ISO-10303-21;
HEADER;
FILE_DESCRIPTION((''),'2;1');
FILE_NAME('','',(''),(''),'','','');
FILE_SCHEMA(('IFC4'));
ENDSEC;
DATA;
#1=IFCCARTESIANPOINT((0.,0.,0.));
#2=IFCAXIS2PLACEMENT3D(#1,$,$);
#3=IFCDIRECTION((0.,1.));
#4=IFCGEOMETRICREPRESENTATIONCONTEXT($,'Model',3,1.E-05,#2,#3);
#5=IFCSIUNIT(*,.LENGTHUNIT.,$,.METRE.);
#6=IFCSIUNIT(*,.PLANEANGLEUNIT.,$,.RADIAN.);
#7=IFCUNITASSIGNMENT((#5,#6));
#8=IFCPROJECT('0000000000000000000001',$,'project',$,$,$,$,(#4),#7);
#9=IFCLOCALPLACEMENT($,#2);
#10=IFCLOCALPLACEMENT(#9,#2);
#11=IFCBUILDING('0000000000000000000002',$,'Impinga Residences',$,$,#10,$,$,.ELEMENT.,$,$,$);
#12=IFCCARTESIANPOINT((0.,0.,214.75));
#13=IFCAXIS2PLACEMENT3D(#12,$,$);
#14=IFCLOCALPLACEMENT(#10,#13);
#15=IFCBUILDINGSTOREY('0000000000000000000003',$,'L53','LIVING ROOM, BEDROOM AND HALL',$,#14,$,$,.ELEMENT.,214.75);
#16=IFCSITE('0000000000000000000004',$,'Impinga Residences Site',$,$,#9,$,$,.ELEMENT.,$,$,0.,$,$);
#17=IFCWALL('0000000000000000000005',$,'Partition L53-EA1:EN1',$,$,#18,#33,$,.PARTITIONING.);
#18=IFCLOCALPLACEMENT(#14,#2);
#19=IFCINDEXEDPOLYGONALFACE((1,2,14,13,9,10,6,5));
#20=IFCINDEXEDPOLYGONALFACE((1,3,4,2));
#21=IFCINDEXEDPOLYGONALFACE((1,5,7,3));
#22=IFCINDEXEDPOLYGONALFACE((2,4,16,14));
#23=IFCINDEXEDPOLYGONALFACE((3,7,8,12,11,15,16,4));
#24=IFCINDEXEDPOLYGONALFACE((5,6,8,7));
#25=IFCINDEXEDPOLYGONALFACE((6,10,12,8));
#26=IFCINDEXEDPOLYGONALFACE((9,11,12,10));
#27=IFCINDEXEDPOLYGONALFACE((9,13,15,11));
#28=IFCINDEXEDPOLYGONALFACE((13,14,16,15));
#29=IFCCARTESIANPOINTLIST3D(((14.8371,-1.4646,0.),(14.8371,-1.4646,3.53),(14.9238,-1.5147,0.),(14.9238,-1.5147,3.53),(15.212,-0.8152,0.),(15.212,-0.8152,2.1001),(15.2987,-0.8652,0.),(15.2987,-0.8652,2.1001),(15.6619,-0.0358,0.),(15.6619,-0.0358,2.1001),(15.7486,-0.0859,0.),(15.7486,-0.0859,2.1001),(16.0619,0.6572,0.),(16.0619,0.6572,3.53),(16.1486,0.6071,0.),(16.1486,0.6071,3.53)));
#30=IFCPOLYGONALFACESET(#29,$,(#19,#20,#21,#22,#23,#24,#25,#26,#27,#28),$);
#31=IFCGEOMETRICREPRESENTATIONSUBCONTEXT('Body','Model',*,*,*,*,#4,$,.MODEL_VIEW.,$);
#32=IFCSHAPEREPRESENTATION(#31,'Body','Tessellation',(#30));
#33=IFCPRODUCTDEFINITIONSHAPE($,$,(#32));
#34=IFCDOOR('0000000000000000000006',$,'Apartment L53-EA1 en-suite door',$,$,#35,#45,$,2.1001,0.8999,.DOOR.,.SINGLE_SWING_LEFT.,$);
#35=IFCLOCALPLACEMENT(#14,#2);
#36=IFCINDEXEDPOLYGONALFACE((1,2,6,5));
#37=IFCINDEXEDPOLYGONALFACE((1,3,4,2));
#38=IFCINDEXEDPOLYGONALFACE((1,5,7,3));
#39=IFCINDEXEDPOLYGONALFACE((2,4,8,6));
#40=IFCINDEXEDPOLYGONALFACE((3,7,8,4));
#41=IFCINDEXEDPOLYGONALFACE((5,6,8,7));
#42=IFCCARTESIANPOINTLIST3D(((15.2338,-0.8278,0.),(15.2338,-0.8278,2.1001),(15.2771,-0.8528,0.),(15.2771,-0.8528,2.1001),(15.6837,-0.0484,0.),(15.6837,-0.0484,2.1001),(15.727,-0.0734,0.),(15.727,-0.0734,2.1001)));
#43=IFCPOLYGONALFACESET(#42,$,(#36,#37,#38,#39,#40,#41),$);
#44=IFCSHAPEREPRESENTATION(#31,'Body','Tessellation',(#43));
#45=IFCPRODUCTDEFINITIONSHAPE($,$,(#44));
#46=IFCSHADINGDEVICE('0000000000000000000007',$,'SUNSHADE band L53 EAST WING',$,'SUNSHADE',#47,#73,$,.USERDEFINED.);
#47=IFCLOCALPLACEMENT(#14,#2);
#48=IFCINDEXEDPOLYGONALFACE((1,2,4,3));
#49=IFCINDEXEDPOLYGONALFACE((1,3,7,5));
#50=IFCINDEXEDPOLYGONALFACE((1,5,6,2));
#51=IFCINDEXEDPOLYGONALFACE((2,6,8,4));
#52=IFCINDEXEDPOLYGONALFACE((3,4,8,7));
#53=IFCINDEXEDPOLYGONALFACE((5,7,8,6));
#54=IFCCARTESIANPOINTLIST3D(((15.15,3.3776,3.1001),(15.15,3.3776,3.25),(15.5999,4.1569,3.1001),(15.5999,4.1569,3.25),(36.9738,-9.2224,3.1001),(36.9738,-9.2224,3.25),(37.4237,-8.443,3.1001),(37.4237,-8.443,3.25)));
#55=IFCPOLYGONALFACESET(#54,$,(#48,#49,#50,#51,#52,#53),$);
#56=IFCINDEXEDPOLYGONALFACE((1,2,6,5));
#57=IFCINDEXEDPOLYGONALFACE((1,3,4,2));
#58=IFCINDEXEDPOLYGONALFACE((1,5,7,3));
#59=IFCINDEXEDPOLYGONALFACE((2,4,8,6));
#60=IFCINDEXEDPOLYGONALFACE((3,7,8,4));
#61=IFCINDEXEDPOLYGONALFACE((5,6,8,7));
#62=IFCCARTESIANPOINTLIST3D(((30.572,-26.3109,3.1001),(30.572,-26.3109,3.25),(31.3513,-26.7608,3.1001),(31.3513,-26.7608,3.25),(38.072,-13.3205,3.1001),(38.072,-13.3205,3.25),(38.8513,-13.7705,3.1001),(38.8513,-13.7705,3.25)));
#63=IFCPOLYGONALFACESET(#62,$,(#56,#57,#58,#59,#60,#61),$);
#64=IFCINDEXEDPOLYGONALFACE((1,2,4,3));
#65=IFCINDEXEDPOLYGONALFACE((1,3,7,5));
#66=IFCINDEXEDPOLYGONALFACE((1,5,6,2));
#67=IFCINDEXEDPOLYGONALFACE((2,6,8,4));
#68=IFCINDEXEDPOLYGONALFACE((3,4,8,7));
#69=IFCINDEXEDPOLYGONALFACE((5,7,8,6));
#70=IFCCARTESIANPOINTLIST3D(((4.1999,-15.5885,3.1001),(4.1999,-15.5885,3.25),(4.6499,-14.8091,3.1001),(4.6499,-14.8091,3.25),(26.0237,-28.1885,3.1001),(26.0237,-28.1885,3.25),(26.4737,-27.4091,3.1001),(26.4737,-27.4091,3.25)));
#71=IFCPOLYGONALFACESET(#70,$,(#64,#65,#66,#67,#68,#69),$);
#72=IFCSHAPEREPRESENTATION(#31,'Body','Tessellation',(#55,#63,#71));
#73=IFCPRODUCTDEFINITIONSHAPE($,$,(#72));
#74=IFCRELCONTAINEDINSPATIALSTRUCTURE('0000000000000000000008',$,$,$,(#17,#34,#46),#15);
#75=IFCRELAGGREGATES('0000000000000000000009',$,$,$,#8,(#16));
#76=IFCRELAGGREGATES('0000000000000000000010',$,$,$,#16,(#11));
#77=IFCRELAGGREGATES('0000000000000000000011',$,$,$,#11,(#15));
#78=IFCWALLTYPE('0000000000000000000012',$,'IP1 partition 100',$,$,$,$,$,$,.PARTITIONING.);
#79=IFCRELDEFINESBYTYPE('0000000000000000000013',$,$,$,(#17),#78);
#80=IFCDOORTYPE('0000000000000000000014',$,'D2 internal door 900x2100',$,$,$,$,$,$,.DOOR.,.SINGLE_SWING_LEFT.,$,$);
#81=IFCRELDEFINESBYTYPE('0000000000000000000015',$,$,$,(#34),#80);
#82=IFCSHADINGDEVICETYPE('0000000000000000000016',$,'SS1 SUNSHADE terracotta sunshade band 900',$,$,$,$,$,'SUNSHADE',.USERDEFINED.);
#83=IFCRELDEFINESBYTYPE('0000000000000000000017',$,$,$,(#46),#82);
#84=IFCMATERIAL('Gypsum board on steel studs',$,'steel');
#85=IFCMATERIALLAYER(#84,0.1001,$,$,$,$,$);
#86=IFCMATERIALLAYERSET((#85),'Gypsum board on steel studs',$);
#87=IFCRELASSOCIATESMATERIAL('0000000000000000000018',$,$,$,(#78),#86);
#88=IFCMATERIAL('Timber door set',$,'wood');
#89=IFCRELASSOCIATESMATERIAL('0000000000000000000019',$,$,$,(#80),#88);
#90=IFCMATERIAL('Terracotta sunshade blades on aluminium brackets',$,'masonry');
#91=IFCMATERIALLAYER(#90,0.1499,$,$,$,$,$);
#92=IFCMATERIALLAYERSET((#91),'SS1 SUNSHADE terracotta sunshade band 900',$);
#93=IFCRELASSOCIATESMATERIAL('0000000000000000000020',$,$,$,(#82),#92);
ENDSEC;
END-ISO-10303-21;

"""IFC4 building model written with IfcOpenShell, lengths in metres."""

from ifc_helpers import new_model, si_unit, direction, frame, frame_2d, origin, origin_2d, place, context, subcontext, project, spatial, rectangle, extrude, material, layer, layer_set, type_object, element, fill, save


model = new_model("IFC4")

# Units and contexts
model_context = context("Model", 3, precision=1e-05, world=origin(), true_north=direction((0.0, 1.0)))
body_context = subcontext(model_context, "Body", "Model", "MODEL_VIEW")
ifc_project = project(units=[si_unit("LENGTHUNIT", "METRE"), si_unit("PLANEANGLEUNIT", "RADIAN")], contexts=[model_context])

# Site, building, storey
site_placement = place(None, origin())
site = spatial("IfcSite", under=ifc_project, at=site_placement, Name="Impinga Residences Site", CompositionType="ELEMENT", RefElevation=0.0)
building_placement = place(site_placement, origin())
building = spatial("IfcBuilding", under=site, at=building_placement, Name="Impinga Residences", CompositionType="ELEMENT")
storey_placement = place(building_placement, frame((0.0, 0.0, 214.75)))
storey = spatial("IfcBuildingStorey", under=building, at=storey_placement, Name="L53", Description="LIVING ROOM, BEDROOM AND HALL", CompositionType="ELEMENT", Elevation=214.75)

# Shared definitions
ifc_material_1 = material(Name="Gypsum board on steel studs", Category="steel")
ifc_layer_1 = layer(ifc_material_1, 0.1001)
ifc_layer_set_1 = layer_set([ifc_layer_1], Name="Gypsum board on steel studs")
wall_type_1 = type_object("IfcWallType", Name="IP1 partition 100", PredefinedType="PARTITIONING", material=ifc_layer_set_1)

# Wall, opening, door
wall_1_placement = place(storey_placement, frame((14.8804, -1.4897, 0.0), z_axis=(0.0, 0.0, 1.0), x_axis=(0.499944, 0.866058, 0.0)))
wall_1 = element("IfcWall", 1, at=wall_1_placement, inside=storey, type_object=wall_type_1, Name="Partition L53-EA1:EN1", PredefinedType="PARTITIONING", context=body_context, shape_type="SweptSolid", body=[
    extrude(rectangle(XDim=2.45, YDim=0.1001, at=frame_2d((1.2251, 0.0))), origin(), (0.0, 0.0, 1.0), 3.53),
])
opening_1_placement = place(wall_1_placement, frame((0.75, 0.0, 0.0)))
opening_1 = element("IfcOpeningElement", 2, at=opening_1_placement, cuts=wall_1, PredefinedType="OPENING", context=body_context, shape_type="SweptSolid", body=[
    extrude(rectangle(XDim=0.8999, YDim=2.1001, at=frame_2d((0.45, 1.05))), frame((0.0, 0.0601, 0.0), z_axis=(0.0, -1.0, 0.0), x_axis=(1.0, 0.0, 0.0)), (0.0, 0.0, 1.0), 0.1201),
])
ifc_material_2 = material(Name="Timber door set", Category="wood")
door_type = type_object("IfcDoorType", Name="D2 internal door 900x2100", OperationType="SINGLE_SWING_LEFT", PredefinedType="DOOR", material=ifc_material_2)
door_placement = place(opening_1_placement, origin())
door = element("IfcDoor", 3, at=door_placement, inside=storey, type_object=door_type, Name="Apartment L53-EA1 en-suite door", OperationType="SINGLE_SWING_LEFT", OverallHeight=2.1001, OverallWidth=0.8999, PredefinedType="DOOR", context=body_context, shape_type="SweptSolid", body=[
    extrude(rectangle(XDim=0.8999, YDim=2.1001, at=frame_2d((0.45, 1.05))), frame((0.0, 0.0249, 0.0), z_axis=(0.0, -1.0, 0.0), x_axis=(1.0, 0.0, 0.0)), (0.0, 0.0, 1.0), 0.05),
])
fill(opening_1, door)

# Shading device
ifc_material_3 = material(Name="Terracotta sunshade blades on aluminium brackets", Category="masonry")
ifc_layer_2 = layer(ifc_material_3, 0.1499)
ifc_layer_set_2 = layer_set([ifc_layer_2], Name="SS1 SUNSHADE terracotta sunshade band 900")
shading_device_type = type_object("IfcShadingDeviceType", Name="SS1 SUNSHADE terracotta sunshade band 900", ElementType="SUNSHADE", PredefinedType="USERDEFINED", material=ifc_layer_set_2)
shading_device_placement = place(storey_placement, frame((26.2869, -2.5327, 3.1001), z_axis=(0.0, 0.0, 1.0), x_axis=(0.866025, -0.5, 0.0)))
element("IfcShadingDevice", 4, at=shading_device_placement, inside=storey, type_object=shading_device_type, Name="SUNSHADE band L53 EAST WING", ObjectType="SUNSHADE", PredefinedType="USERDEFINED", context=body_context, shape_type="SweptSolid", body=[
    extrude(rectangle(XDim=25.2, YDim=0.8999, at=origin_2d()), origin(), (0.0, 0.0, 1.0), 0.1499),
    extrude(rectangle(XDim=15.0, YDim=0.8999, at=origin_2d()), frame((16.05, -10.95, 0.0), z_axis=(0.0, 0.0, 1.0), x_axis=(0.0, -1.0, 0.0)), (0.0, 0.0, 1.0), 0.1499),
    extrude(rectangle(XDim=25.2, YDim=0.8999, at=origin_2d()), frame((0.0, -21.9001, 0.0), z_axis=(0.0, 0.0, 1.0), x_axis=(-1.0, 0.0, 0.0)), (0.0, 0.0, 1.0), 0.1499),
])

save(model, "model.ifc")
